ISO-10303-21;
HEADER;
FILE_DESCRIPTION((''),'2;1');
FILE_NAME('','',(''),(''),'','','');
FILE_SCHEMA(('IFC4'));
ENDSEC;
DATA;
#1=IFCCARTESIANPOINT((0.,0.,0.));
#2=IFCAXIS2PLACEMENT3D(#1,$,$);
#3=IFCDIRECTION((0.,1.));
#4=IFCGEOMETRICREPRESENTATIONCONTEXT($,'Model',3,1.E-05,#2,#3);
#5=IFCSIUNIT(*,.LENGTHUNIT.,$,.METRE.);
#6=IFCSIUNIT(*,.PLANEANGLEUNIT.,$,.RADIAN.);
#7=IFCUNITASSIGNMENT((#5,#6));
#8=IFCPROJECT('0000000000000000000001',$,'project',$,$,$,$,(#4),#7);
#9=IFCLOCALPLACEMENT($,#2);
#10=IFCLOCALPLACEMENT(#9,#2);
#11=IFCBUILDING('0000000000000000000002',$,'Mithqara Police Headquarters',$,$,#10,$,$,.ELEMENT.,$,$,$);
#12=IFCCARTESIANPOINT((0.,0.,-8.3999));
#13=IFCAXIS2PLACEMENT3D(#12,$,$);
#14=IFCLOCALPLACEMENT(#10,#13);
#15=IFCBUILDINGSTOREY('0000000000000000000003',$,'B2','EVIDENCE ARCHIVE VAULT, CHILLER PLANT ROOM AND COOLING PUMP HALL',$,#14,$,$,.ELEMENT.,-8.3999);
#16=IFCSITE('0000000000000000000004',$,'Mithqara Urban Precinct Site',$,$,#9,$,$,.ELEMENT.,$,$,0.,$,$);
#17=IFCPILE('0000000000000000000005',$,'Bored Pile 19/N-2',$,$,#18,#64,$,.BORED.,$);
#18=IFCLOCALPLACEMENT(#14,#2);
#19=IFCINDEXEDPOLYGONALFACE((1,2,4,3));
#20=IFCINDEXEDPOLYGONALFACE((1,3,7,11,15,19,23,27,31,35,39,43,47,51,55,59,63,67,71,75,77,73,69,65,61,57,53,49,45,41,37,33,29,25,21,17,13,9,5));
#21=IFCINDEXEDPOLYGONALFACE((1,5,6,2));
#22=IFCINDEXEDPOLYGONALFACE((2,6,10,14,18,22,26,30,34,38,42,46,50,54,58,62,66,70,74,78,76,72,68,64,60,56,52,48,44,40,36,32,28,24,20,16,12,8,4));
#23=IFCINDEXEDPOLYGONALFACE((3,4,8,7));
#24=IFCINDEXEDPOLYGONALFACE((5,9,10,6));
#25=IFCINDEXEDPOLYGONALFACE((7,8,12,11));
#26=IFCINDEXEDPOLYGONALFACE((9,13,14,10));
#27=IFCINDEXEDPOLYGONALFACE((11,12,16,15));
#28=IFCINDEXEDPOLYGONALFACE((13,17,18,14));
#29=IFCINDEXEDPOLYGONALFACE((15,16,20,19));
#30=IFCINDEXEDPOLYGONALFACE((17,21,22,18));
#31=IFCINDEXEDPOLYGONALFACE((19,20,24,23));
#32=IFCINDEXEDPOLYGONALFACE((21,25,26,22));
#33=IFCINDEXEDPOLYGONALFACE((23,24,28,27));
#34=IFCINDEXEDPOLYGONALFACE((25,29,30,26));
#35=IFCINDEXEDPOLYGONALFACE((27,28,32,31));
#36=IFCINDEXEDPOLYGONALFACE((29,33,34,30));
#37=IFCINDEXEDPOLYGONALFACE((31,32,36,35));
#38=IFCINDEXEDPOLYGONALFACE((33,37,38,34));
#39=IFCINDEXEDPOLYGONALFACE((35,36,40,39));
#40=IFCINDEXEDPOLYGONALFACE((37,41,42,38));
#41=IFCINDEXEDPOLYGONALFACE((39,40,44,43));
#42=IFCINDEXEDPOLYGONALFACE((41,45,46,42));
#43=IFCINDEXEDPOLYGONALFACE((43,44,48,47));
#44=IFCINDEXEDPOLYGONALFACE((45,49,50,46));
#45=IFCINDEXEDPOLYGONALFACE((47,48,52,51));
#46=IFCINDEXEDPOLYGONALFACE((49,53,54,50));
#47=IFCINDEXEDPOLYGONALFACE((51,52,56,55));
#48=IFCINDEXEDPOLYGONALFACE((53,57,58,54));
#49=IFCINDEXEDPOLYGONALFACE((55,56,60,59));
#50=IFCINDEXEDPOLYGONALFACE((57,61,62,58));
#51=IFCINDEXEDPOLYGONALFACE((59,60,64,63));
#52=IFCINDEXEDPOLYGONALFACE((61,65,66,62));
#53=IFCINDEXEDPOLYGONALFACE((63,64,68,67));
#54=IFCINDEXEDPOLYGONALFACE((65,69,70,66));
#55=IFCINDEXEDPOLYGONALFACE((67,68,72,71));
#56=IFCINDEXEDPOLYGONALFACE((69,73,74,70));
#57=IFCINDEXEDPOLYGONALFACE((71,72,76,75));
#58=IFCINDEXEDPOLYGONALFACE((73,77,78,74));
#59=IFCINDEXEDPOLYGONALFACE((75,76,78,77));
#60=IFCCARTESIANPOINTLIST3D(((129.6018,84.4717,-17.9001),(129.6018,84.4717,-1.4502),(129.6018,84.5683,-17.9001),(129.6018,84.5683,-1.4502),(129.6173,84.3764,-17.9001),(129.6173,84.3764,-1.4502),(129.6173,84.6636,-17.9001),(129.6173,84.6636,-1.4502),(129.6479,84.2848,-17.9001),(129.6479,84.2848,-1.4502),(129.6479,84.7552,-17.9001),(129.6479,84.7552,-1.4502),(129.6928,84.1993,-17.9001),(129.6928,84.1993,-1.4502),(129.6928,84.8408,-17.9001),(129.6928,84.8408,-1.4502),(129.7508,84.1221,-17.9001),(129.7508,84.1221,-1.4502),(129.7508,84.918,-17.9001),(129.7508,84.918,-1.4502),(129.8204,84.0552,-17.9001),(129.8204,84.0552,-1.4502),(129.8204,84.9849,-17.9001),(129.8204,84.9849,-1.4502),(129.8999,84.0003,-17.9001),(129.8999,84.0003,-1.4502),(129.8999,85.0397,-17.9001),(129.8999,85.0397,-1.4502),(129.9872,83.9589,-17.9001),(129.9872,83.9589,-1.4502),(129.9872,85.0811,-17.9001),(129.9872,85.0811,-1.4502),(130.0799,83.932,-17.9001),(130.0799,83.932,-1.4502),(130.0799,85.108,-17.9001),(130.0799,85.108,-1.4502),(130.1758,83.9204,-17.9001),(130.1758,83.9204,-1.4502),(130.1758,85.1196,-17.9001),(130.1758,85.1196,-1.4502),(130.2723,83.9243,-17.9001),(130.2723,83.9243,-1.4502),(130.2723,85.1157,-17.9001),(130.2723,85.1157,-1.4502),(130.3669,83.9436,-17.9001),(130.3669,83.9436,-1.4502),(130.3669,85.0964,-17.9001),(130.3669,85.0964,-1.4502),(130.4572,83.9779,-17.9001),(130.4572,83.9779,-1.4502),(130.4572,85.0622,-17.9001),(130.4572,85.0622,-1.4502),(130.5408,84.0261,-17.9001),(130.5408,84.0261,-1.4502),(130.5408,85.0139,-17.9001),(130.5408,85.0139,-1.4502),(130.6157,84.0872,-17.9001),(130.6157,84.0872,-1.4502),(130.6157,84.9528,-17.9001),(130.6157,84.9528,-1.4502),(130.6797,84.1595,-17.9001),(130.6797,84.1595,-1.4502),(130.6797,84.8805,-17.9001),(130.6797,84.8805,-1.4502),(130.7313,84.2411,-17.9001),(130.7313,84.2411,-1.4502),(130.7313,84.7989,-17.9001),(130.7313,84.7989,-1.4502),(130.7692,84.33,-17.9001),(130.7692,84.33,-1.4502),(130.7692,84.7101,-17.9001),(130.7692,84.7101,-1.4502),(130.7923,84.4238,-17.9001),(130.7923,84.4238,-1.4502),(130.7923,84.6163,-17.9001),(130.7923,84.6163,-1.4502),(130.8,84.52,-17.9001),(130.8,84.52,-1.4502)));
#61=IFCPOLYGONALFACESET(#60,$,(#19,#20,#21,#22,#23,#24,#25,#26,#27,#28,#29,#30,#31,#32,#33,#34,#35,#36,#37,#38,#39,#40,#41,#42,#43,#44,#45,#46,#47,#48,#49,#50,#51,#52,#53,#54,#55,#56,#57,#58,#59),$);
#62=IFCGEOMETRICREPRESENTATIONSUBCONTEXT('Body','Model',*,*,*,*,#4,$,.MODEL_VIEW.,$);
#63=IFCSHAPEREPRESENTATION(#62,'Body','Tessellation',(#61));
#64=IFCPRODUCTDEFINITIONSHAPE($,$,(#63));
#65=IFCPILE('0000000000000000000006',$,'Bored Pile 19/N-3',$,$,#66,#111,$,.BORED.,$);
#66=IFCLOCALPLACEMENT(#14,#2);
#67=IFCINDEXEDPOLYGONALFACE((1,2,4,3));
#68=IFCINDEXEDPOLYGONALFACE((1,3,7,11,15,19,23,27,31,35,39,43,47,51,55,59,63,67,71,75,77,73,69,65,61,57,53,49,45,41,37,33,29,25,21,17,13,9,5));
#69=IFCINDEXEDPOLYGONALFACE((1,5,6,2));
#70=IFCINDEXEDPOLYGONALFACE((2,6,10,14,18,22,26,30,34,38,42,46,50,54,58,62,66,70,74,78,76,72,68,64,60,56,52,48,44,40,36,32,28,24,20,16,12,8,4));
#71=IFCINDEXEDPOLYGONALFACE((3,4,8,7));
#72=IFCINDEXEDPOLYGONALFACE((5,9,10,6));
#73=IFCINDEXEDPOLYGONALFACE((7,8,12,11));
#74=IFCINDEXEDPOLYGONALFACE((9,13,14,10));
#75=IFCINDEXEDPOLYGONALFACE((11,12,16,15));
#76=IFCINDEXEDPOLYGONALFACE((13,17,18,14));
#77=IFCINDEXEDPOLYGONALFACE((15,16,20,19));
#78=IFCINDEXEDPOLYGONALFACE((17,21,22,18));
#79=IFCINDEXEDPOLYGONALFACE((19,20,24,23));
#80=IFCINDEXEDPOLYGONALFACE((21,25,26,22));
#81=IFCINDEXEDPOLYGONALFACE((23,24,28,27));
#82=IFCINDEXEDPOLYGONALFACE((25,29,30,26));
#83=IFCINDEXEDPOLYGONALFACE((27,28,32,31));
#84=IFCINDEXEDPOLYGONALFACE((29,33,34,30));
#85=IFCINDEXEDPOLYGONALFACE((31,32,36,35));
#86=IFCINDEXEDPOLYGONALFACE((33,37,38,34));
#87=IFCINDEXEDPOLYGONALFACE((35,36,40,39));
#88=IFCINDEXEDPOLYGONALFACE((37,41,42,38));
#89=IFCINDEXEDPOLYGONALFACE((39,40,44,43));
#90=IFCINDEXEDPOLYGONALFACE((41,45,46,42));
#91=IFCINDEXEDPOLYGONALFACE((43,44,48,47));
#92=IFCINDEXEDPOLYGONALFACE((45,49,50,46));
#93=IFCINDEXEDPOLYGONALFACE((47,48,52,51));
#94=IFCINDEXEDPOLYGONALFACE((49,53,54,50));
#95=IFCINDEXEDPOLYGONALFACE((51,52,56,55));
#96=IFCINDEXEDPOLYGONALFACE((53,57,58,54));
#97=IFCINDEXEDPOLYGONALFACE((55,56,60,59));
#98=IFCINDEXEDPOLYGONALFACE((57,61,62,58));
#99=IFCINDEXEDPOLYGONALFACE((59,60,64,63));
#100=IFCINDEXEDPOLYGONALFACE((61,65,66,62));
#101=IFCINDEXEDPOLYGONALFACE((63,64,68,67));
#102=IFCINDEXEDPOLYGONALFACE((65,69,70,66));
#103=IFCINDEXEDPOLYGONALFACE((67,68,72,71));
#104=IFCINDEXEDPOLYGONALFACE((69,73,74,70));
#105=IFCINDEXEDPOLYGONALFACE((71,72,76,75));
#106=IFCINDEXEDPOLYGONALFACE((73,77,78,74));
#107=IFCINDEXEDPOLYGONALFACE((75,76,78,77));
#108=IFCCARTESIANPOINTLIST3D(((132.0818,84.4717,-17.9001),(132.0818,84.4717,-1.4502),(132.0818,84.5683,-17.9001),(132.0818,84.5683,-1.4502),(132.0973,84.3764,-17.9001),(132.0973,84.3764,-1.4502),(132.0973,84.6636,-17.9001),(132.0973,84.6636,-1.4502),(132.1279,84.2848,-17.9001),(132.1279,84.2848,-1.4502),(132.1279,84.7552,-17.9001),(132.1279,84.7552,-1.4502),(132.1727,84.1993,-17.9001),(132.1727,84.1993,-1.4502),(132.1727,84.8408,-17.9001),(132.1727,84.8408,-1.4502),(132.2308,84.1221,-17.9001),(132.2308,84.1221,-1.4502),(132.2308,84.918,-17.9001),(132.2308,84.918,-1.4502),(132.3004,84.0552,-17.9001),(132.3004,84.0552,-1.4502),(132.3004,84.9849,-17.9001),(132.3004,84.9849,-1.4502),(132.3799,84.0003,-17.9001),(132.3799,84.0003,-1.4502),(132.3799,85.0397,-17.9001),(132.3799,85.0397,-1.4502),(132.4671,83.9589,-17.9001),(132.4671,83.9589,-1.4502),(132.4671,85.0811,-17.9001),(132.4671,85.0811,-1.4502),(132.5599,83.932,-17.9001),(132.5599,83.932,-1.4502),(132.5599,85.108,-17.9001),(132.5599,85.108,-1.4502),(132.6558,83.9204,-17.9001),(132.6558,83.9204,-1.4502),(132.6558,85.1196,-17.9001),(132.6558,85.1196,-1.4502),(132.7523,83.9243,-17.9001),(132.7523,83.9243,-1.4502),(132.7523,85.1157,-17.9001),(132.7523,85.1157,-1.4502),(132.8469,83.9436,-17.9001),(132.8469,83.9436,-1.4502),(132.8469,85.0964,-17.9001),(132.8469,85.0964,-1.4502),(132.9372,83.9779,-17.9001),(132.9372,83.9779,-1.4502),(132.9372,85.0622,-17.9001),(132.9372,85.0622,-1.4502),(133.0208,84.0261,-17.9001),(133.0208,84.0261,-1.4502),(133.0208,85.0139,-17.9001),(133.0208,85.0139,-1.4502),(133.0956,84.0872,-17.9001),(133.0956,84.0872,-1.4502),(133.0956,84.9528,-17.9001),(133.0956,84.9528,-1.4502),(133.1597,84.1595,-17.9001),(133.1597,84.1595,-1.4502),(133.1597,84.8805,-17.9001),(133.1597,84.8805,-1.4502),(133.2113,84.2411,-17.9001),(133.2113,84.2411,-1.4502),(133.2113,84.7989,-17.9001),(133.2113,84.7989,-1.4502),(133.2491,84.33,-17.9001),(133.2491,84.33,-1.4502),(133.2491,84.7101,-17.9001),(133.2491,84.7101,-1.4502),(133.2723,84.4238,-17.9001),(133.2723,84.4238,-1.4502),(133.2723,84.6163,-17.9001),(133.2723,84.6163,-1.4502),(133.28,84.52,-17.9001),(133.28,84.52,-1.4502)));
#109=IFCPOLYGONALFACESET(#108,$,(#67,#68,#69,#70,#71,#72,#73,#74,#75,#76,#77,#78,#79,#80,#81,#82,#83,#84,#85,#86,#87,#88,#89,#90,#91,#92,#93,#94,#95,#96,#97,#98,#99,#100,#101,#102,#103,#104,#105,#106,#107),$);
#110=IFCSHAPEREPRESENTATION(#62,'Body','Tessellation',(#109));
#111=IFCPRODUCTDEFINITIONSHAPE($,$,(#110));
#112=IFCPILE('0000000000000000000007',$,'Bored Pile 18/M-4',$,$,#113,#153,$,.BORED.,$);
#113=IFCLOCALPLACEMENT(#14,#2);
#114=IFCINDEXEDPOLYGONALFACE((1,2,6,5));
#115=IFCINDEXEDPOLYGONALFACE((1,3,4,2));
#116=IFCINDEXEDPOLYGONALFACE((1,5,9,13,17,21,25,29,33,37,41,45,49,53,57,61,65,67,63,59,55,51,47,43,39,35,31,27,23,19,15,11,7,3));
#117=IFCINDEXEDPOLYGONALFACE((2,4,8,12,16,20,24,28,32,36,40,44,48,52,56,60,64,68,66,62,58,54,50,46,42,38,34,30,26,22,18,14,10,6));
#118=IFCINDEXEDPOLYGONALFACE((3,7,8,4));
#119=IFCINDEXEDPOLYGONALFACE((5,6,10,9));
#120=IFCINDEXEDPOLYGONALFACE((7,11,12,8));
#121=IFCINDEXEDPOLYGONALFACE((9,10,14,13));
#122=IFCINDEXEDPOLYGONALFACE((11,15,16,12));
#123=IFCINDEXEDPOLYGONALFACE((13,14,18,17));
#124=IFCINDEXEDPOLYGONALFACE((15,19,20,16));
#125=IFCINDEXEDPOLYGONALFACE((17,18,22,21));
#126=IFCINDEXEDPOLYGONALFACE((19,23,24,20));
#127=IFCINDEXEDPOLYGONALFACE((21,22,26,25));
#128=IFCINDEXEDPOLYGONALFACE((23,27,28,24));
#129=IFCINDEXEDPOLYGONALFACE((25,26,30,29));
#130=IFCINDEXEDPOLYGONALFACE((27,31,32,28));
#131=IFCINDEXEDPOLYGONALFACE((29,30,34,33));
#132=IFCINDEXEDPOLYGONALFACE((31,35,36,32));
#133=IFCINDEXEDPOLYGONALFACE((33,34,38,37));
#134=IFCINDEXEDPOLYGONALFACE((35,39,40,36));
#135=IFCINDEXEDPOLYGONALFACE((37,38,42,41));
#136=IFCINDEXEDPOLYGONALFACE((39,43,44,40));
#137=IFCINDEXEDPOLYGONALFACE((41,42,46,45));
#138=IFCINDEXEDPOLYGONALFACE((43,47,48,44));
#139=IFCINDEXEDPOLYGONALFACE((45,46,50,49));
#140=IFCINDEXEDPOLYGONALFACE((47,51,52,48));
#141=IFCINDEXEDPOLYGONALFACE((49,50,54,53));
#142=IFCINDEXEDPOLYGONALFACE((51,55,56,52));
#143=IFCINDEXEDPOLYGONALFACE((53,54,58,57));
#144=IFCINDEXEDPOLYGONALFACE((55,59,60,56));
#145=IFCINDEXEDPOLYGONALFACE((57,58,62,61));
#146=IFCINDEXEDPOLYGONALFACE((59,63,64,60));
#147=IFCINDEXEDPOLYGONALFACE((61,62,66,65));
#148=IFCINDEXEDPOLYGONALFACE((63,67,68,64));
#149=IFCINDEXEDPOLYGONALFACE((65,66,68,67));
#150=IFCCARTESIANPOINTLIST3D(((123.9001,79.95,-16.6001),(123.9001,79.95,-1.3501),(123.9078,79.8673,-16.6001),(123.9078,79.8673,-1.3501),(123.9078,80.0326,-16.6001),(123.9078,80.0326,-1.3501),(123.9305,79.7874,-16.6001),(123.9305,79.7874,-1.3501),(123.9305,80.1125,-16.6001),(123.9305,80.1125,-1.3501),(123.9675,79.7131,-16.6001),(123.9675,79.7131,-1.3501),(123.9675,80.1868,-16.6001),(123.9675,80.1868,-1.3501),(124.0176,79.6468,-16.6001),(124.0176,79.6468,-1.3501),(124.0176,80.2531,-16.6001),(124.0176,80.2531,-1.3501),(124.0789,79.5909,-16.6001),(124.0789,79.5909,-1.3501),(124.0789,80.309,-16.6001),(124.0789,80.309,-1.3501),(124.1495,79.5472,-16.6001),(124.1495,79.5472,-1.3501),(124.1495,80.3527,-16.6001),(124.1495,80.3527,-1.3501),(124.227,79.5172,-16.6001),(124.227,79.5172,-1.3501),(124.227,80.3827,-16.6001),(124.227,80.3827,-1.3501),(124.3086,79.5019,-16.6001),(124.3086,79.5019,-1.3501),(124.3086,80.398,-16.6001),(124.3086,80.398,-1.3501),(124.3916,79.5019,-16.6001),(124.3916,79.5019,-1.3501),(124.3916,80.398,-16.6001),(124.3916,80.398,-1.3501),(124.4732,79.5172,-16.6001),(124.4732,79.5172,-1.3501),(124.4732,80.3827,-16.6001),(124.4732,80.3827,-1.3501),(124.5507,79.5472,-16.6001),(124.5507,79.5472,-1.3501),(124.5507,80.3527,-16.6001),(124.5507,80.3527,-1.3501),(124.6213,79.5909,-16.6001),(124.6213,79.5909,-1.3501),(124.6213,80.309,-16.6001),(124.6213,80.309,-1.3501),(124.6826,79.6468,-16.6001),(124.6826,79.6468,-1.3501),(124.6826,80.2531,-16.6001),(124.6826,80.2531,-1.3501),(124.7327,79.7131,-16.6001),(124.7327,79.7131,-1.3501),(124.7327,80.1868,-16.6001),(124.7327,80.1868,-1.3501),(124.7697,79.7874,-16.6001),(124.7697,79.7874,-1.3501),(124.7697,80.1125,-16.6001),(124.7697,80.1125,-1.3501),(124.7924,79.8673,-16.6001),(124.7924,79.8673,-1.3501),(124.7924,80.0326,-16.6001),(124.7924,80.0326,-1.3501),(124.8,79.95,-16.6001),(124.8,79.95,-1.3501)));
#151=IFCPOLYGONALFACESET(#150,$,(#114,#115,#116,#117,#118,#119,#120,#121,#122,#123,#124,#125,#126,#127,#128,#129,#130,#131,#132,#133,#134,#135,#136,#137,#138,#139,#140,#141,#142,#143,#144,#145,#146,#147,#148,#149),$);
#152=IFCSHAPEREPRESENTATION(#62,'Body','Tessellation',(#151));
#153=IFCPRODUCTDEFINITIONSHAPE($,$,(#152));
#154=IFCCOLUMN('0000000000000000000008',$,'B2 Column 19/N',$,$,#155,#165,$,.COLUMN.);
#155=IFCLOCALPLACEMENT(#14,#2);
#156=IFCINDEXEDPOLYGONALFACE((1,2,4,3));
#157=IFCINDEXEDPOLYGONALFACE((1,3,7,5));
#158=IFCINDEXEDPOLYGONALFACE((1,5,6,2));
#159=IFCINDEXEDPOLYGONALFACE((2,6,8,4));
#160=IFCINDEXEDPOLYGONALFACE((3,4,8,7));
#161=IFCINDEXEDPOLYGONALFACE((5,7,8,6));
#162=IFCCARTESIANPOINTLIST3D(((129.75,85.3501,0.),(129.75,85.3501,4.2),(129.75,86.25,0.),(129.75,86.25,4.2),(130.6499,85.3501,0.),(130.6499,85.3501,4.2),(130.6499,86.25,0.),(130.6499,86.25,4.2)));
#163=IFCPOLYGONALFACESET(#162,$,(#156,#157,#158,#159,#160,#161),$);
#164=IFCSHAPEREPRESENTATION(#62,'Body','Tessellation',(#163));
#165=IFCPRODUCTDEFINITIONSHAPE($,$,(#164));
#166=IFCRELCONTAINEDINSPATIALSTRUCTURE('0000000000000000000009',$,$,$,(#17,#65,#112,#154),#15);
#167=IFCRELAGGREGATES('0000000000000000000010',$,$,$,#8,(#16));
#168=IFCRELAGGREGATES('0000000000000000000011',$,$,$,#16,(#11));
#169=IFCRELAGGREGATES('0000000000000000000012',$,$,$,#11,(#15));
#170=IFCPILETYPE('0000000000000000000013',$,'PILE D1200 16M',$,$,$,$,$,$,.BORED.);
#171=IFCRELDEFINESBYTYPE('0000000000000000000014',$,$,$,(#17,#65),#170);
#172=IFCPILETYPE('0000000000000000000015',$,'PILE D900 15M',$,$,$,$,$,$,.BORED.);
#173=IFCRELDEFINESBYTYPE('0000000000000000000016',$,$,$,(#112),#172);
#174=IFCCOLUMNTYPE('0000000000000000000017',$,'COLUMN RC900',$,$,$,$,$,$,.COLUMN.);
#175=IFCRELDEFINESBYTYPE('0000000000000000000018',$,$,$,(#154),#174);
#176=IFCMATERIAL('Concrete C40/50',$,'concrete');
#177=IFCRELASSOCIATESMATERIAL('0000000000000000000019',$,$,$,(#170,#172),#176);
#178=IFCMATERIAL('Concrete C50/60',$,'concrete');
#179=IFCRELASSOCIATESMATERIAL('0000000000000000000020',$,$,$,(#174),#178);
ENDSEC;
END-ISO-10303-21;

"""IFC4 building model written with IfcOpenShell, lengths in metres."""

from ifc_helpers import new_model, si_unit, direction, frame, origin, origin_2d, place, context, subcontext, project, spatial, rectangle, circle, extrude, material, material_profile, profile_set, type_object, element, save


model = new_model("IFC4")

# Units and contexts
model_context = context("Model", 3, precision=1e-05, world=origin(), true_north=direction((0.0, 1.0)))
body_context = subcontext(model_context, "Body", "Model", "MODEL_VIEW")
ifc_project = project(units=[si_unit("LENGTHUNIT", "METRE"), si_unit("PLANEANGLEUNIT", "RADIAN")], contexts=[model_context])

# Site, building, storey
site_placement = place(None, origin())
site = spatial("IfcSite", under=ifc_project, at=site_placement, Name="Mithqara Urban Precinct Site", CompositionType="ELEMENT", RefElevation=0.0)
building_placement = place(site_placement, origin())
building = spatial("IfcBuilding", under=site, at=building_placement, Name="Mithqara Police Headquarters", CompositionType="ELEMENT")
storey_placement = place(building_placement, frame((0.0, 0.0, -8.3999)))
storey = spatial("IfcBuildingStorey", under=building, at=storey_placement, Name="B2", Description="EVIDENCE ARCHIVE VAULT, CHILLER PLANT ROOM AND COOLING PUMP HALL", CompositionType="ELEMENT", Elevation=-8.3999)

# Shared definitions
ifc_material_1 = material(Name="Concrete C40/50", Category="concrete")

# Piles
ifc_material_profile_1 = material_profile(ifc_material_1, circle(Radius=0.6001, at=origin_2d()), Name="PILE D1200")
ifc_profile_set_1 = profile_set([ifc_material_profile_1], Name="Concrete C40/50")
pile_type_1 = type_object("IfcPileType", Name="PILE D1200 16M", PredefinedType="BORED", material=ifc_profile_set_1)
for number, where, z_axis, x_axis, name in (
    (1, (130.2, 84.52, -1.4502), (0.0, 0.0, -1.0), (1.0, 0.0, 0.0), "Bored Pile 19/N-2"),
    (2, (132.6799, 84.52, -1.4502), (0.0, 0.0, -1.0), (1.0, 0.0, 0.0), "Bored Pile 19/N-3"),
):
    element("IfcPile", number, at=place(storey_placement, frame(where, z_axis=z_axis, x_axis=x_axis)), inside=storey, type_object=pile_type_1, Name=name, PredefinedType="BORED", context=body_context, shape_type="SweptSolid", body=[
        extrude(circle(Radius=0.6001, at=origin_2d()), origin(), (0.0, 0.0, 1.0), 16.45),
    ])
ifc_material_profile_2 = material_profile(ifc_material_1, circle(Radius=0.45, at=origin_2d()), Name="PILE D900")
ifc_profile_set_2 = profile_set([ifc_material_profile_2], Name="Concrete C40/50")
pile_type_2 = type_object("IfcPileType", Name="PILE D900 15M", PredefinedType="BORED", material=ifc_profile_set_2)
pile_placement = place(storey_placement, frame((124.3501, 79.95, -1.3501), z_axis=(0.0, 0.0, -1.0), x_axis=(1.0, 0.0, 0.0)))
element("IfcPile", 3, at=pile_placement, inside=storey, type_object=pile_type_2, Name="Bored Pile 18/M-4", PredefinedType="BORED", context=body_context, shape_type="SweptSolid", body=[
    extrude(circle(Radius=0.45, at=origin_2d()), origin(), (0.0, 0.0, 1.0), 15.25),
])

# Column
ifc_material_2 = material(Name="Concrete C50/60", Category="concrete")
ifc_material_profile_3 = material_profile(ifc_material_2, rectangle(XDim=0.8999, YDim=0.8999, at=origin_2d()), Name="RC 900x900")
ifc_profile_set_3 = profile_set([ifc_material_profile_3], Name="Concrete C50/60")
column_type = type_object("IfcColumnType", Name="COLUMN RC900", PredefinedType="COLUMN", material=ifc_profile_set_3)
column_placement = place(storey_placement, frame((130.2, 85.8, 0.0), z_axis=(0.0, 0.0, 1.0), x_axis=(1.0, 0.0, 0.0)))
element("IfcColumn", 4, at=column_placement, inside=storey, type_object=column_type, Name="B2 Column 19/N", PredefinedType="COLUMN", context=body_context, shape_type="SweptSolid", body=[
    extrude(rectangle(XDim=0.8999, YDim=0.8999, at=origin_2d()), origin(), (0.0, 0.0, 1.0), 4.2),
])

save(model, "model.ifc")
